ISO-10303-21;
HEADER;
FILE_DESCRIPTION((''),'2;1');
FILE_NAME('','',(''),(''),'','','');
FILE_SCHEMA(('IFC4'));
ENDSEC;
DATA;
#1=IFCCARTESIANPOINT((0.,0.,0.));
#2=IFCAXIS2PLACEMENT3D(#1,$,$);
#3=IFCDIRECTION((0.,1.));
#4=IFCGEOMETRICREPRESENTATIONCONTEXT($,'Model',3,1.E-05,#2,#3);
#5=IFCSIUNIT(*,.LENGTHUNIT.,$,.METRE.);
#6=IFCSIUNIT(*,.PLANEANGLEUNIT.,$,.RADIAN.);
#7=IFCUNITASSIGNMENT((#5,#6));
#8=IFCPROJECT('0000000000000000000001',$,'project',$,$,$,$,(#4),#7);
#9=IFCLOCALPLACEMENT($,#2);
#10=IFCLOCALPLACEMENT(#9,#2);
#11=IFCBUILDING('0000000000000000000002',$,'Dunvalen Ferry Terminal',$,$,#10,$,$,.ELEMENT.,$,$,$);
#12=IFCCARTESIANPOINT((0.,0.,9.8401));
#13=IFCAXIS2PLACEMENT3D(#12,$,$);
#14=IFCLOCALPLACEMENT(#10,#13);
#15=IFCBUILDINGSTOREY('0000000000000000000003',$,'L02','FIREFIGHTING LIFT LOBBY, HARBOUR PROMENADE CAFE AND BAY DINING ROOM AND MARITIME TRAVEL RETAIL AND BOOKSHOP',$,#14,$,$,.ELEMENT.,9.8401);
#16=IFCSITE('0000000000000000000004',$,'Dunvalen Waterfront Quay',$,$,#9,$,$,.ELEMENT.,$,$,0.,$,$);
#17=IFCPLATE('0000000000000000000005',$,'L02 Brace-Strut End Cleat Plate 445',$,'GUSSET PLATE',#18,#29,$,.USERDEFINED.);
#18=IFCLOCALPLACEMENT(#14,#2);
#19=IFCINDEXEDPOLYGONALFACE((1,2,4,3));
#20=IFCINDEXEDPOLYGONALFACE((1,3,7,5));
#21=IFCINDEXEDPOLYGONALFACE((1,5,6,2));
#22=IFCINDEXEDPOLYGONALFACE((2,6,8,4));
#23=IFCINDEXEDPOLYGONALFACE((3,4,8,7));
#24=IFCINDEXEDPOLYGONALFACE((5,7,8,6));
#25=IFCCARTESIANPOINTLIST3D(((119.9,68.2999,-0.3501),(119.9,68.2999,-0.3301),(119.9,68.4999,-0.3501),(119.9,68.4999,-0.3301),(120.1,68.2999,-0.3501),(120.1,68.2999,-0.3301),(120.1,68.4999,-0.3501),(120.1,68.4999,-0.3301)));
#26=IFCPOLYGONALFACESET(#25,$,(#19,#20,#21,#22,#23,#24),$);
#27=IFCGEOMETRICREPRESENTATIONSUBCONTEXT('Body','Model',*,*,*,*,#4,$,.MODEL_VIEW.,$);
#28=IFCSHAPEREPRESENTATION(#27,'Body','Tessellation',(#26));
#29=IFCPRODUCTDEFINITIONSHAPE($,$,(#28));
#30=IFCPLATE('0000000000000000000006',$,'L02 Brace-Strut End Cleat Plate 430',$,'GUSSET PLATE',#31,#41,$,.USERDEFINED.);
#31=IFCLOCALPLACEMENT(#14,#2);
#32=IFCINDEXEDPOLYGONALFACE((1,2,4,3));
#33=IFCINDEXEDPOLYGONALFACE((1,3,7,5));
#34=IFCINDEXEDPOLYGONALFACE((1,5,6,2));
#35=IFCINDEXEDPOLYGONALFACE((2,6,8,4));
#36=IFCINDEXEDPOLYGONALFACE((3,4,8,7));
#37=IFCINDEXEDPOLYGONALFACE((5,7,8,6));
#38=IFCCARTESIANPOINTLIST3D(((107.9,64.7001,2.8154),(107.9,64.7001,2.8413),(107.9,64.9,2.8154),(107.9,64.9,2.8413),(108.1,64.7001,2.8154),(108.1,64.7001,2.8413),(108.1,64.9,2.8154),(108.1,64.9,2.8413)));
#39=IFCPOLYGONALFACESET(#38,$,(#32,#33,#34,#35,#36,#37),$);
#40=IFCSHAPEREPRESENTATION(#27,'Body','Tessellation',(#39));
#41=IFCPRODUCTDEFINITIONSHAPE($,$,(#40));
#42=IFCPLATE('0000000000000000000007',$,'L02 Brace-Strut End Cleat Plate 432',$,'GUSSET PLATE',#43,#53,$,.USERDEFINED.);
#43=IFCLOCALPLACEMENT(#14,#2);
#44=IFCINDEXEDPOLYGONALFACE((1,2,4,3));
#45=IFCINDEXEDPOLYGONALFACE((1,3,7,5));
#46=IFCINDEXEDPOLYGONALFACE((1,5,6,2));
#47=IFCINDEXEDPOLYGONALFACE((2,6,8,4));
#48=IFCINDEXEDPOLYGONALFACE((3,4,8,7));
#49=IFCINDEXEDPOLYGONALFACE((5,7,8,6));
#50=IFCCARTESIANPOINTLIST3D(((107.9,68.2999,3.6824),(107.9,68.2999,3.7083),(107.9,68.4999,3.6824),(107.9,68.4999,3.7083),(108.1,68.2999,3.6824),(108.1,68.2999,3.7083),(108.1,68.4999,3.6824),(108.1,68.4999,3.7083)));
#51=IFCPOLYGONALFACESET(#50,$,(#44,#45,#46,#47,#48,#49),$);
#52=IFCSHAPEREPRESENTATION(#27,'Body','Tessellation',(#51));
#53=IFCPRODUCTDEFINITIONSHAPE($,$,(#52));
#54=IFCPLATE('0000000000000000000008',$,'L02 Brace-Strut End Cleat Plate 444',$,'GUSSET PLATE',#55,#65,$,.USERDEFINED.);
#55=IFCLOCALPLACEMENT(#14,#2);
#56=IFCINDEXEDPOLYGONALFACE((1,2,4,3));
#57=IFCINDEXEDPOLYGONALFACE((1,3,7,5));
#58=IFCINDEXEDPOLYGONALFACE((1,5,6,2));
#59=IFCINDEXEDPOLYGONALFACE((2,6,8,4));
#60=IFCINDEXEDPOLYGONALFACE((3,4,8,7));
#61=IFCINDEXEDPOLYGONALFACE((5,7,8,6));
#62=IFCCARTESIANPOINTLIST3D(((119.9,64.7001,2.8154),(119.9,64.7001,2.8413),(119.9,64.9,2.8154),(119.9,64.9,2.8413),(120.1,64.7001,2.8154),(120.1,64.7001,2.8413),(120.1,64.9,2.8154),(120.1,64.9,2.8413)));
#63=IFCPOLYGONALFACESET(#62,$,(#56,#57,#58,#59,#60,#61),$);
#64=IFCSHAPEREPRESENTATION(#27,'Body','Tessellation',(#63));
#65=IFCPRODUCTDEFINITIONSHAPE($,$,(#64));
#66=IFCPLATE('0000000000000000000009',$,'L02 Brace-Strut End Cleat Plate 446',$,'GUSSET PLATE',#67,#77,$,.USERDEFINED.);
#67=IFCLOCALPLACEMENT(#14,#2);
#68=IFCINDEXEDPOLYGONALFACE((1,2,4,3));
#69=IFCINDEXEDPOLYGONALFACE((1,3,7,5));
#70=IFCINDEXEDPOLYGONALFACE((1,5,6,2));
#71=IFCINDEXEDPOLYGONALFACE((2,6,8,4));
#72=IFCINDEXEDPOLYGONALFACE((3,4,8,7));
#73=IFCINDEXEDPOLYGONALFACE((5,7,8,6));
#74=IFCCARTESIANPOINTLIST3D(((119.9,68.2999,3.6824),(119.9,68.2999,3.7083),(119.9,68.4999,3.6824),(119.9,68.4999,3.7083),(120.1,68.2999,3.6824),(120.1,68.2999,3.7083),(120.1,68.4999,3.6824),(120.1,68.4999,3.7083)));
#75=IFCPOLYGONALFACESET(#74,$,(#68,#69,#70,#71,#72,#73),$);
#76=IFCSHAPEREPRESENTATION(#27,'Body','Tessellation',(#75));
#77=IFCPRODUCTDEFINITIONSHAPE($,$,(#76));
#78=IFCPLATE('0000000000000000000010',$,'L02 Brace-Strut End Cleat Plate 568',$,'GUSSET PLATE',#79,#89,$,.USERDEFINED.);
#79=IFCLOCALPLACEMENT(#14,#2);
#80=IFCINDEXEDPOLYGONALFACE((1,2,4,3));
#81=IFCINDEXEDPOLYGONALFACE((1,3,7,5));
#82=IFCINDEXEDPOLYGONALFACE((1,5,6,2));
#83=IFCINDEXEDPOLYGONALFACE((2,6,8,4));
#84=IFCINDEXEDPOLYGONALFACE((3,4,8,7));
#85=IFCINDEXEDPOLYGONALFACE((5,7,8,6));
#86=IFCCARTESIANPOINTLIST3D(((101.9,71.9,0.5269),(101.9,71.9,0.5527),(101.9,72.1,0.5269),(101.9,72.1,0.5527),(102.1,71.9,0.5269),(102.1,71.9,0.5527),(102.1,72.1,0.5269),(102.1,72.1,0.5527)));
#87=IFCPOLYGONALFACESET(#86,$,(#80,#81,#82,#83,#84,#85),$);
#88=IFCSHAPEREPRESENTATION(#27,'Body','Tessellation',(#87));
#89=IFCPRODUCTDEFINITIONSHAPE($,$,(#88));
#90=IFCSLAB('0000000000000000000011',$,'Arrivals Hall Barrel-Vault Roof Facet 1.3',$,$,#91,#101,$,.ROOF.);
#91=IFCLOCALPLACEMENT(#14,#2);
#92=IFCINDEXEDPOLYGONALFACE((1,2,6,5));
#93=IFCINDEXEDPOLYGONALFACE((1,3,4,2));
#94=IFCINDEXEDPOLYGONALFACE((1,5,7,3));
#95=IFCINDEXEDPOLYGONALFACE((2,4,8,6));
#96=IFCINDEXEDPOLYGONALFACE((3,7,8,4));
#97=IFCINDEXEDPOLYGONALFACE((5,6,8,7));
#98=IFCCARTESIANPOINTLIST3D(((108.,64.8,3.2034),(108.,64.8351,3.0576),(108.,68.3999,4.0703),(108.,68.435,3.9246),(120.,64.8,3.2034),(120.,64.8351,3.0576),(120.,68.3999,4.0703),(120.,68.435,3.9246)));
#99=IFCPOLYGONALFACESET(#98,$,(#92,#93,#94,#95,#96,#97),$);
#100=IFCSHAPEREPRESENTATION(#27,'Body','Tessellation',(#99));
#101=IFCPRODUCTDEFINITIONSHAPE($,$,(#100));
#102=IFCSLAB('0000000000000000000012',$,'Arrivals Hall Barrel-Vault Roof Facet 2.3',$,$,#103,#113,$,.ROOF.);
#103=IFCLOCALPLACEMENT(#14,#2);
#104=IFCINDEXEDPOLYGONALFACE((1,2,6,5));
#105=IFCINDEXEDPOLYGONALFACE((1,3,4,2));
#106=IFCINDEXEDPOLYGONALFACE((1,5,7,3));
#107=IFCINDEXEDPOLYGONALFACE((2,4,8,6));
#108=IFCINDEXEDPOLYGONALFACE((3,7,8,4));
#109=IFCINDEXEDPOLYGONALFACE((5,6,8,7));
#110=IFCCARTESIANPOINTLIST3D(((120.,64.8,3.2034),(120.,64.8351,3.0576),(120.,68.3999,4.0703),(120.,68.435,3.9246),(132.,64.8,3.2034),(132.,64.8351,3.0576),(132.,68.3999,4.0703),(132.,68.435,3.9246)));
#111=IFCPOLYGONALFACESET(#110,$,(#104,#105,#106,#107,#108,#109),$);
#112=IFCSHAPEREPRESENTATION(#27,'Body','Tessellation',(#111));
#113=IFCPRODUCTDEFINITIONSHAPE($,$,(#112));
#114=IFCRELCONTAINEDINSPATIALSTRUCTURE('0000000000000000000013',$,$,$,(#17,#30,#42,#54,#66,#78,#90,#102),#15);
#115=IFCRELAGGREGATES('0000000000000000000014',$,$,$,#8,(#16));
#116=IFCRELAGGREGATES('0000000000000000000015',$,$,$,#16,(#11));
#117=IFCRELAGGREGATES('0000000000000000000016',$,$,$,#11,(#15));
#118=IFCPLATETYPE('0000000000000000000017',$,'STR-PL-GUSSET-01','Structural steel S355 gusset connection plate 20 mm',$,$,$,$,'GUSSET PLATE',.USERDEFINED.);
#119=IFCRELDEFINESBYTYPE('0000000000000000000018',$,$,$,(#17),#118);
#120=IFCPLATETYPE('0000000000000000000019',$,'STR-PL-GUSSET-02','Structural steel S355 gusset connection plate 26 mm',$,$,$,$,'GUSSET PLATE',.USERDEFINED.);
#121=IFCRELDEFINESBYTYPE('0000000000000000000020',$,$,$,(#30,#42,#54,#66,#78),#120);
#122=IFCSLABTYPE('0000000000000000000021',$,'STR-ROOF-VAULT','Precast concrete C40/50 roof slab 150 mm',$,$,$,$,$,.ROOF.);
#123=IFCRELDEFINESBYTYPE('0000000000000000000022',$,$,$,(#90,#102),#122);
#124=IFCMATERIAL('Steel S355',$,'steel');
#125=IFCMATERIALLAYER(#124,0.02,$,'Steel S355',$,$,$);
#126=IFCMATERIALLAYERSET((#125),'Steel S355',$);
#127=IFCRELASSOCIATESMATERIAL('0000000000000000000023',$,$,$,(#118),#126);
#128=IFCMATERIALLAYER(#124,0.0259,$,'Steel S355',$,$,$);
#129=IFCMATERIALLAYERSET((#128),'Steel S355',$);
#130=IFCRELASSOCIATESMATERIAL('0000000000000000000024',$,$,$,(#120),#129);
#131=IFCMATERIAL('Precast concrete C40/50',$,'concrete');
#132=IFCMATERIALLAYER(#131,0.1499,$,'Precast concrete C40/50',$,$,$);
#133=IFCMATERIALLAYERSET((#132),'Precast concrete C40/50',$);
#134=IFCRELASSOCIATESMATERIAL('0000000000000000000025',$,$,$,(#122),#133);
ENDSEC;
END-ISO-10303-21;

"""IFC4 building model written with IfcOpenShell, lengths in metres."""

from ifc_helpers import new_model, si_unit, direction, frame, origin, origin_2d, place, context, subcontext, project, spatial, polyline, rectangle, outline, extrude, material, layer, layer_set, type_object, element, save


model = new_model("IFC4")

# Units and contexts
model_context = context("Model", 3, precision=1e-05, world=origin(), true_north=direction((0.0, 1.0)))
body_context = subcontext(model_context, "Body", "Model", "MODEL_VIEW")
ifc_project = project(units=[si_unit("LENGTHUNIT", "METRE"), si_unit("PLANEANGLEUNIT", "RADIAN")], contexts=[model_context])

# Site, building, storey
site_placement = place(None, origin())
site = spatial("IfcSite", under=ifc_project, at=site_placement, Name="Dunvalen Waterfront Quay", CompositionType="ELEMENT", RefElevation=0.0)
building_placement = place(site_placement, origin())
building = spatial("IfcBuilding", under=site, at=building_placement, Name="Dunvalen Ferry Terminal", CompositionType="ELEMENT")
storey_placement = place(building_placement, frame((0.0, 0.0, 9.8401)))
storey = spatial("IfcBuildingStorey", under=building, at=storey_placement, Name="L02", Description="FIREFIGHTING LIFT LOBBY, HARBOUR PROMENADE CAFE AND BAY DINING ROOM AND MARITIME TRAVEL RETAIL AND BOOKSHOP", CompositionType="ELEMENT", Elevation=9.8401)

# Shared definitions
ifc_material_1 = material(Name="Steel S355", Category="steel")

# Plates
ifc_layer_1 = layer(ifc_material_1, 0.02, Name="Steel S355")
ifc_layer_set_1 = layer_set([ifc_layer_1], Name="Steel S355")
plate_type_1 = type_object("IfcPlateType", Name="STR-PL-GUSSET-01", Description="Structural steel S355 gusset connection plate 20 mm", ElementType="GUSSET PLATE", PredefinedType="USERDEFINED", material=ifc_layer_set_1)
for number, where, z_axis, x_axis, name in (
    (1, (120.0, 68.3999, -0.3501), (0.0, 0.0, 1.0), (1.0, 0.0, 0.0), "L02 Brace-Strut End Cleat Plate 445"),
):
    element("IfcPlate", number, at=place(storey_placement, frame(where, z_axis=z_axis, x_axis=x_axis)), inside=storey, type_object=plate_type_1, Name=name, ObjectType="GUSSET PLATE", PredefinedType="USERDEFINED", context=body_context, shape_type="SweptSolid", body=[
        extrude(rectangle(XDim=0.2, YDim=0.2, at=origin_2d()), origin(), (0.0, 0.0, 1.0), 0.02),
    ])
ifc_layer_2 = layer(ifc_material_1, 0.0259, Name="Steel S355")
ifc_layer_set_2 = layer_set([ifc_layer_2], Name="Steel S355")
plate_type_2 = type_object("IfcPlateType", Name="STR-PL-GUSSET-02", Description="Structural steel S355 gusset connection plate 26 mm", ElementType="GUSSET PLATE", PredefinedType="USERDEFINED", material=ifc_layer_set_2)
for number, where, z_axis, x_axis, name in (
    (2, (108.0, 64.8, 2.8154), (0.0, 0.0, 1.0), (1.0, 0.0, 0.0), "L02 Brace-Strut End Cleat Plate 430"),
    (3, (108.0, 68.3999, 3.6824), (0.0, 0.0, 1.0), (1.0, 0.0, 0.0), "L02 Brace-Strut End Cleat Plate 432"),
    (4, (120.0, 64.8, 2.8154), (0.0, 0.0, 1.0), (1.0, 0.0, 0.0), "L02 Brace-Strut End Cleat Plate 444"),
    (5, (120.0, 68.3999, 3.6824), (0.0, 0.0, 1.0), (1.0, 0.0, 0.0), "L02 Brace-Strut End Cleat Plate 446"),
    (6, (102.0, 72.0, 0.5269), (0.0, 0.0, 1.0), (1.0, 0.0, 0.0), "L02 Brace-Strut End Cleat Plate 568"),
):
    element("IfcPlate", number, at=place(storey_placement, frame(where, z_axis=z_axis, x_axis=x_axis)), inside=storey, type_object=plate_type_2, Name=name, ObjectType="GUSSET PLATE", PredefinedType="USERDEFINED", context=body_context, shape_type="SweptSolid", body=[
        extrude(rectangle(XDim=0.2, YDim=0.2, at=origin_2d()), origin(), (0.0, 0.0, 1.0), 0.0259),
    ])

# Slabs
ifc_material_2 = material(Name="Precast concrete C40/50", Category="concrete")
ifc_layer_3 = layer(ifc_material_2, 0.1499, Name="Precast concrete C40/50")
ifc_layer_set_3 = layer_set([ifc_layer_3], Name="Precast concrete C40/50")
slab_type = type_object("IfcSlabType", Name="STR-ROOF-VAULT", Description="Precast concrete C40/50 roof slab 150 mm", PredefinedType="ROOF", material=ifc_layer_set_3)
for number, where, z_axis, x_axis, name in (
    (7, (108.0, 64.8, 3.2034), (0.0, -0.234133, 0.972204), (1.0, 0.0, 0.0), "Arrivals Hall Barrel-Vault Roof Facet 1.3"),
    (8, (120.0, 64.8, 3.2034), (0.0, -0.234133, 0.972204), (1.0, 0.0, 0.0), "Arrivals Hall Barrel-Vault Roof Facet 2.3"),
):
    element("IfcSlab", number, at=place(storey_placement, frame(where, z_axis=z_axis, x_axis=x_axis)), inside=storey, type_object=slab_type, Name=name, PredefinedType="ROOF", context=body_context, shape_type="SweptSolid", body=[
        extrude(outline(polyline([(0.0, 0.0), (12.0, 0.0), (12.0, 3.7028), (0.0, 3.7028), (0.0, 0.0)])), origin(), (0.0, 0.0, -1.0), 0.1499),
    ])

save(model, "model.ifc")
